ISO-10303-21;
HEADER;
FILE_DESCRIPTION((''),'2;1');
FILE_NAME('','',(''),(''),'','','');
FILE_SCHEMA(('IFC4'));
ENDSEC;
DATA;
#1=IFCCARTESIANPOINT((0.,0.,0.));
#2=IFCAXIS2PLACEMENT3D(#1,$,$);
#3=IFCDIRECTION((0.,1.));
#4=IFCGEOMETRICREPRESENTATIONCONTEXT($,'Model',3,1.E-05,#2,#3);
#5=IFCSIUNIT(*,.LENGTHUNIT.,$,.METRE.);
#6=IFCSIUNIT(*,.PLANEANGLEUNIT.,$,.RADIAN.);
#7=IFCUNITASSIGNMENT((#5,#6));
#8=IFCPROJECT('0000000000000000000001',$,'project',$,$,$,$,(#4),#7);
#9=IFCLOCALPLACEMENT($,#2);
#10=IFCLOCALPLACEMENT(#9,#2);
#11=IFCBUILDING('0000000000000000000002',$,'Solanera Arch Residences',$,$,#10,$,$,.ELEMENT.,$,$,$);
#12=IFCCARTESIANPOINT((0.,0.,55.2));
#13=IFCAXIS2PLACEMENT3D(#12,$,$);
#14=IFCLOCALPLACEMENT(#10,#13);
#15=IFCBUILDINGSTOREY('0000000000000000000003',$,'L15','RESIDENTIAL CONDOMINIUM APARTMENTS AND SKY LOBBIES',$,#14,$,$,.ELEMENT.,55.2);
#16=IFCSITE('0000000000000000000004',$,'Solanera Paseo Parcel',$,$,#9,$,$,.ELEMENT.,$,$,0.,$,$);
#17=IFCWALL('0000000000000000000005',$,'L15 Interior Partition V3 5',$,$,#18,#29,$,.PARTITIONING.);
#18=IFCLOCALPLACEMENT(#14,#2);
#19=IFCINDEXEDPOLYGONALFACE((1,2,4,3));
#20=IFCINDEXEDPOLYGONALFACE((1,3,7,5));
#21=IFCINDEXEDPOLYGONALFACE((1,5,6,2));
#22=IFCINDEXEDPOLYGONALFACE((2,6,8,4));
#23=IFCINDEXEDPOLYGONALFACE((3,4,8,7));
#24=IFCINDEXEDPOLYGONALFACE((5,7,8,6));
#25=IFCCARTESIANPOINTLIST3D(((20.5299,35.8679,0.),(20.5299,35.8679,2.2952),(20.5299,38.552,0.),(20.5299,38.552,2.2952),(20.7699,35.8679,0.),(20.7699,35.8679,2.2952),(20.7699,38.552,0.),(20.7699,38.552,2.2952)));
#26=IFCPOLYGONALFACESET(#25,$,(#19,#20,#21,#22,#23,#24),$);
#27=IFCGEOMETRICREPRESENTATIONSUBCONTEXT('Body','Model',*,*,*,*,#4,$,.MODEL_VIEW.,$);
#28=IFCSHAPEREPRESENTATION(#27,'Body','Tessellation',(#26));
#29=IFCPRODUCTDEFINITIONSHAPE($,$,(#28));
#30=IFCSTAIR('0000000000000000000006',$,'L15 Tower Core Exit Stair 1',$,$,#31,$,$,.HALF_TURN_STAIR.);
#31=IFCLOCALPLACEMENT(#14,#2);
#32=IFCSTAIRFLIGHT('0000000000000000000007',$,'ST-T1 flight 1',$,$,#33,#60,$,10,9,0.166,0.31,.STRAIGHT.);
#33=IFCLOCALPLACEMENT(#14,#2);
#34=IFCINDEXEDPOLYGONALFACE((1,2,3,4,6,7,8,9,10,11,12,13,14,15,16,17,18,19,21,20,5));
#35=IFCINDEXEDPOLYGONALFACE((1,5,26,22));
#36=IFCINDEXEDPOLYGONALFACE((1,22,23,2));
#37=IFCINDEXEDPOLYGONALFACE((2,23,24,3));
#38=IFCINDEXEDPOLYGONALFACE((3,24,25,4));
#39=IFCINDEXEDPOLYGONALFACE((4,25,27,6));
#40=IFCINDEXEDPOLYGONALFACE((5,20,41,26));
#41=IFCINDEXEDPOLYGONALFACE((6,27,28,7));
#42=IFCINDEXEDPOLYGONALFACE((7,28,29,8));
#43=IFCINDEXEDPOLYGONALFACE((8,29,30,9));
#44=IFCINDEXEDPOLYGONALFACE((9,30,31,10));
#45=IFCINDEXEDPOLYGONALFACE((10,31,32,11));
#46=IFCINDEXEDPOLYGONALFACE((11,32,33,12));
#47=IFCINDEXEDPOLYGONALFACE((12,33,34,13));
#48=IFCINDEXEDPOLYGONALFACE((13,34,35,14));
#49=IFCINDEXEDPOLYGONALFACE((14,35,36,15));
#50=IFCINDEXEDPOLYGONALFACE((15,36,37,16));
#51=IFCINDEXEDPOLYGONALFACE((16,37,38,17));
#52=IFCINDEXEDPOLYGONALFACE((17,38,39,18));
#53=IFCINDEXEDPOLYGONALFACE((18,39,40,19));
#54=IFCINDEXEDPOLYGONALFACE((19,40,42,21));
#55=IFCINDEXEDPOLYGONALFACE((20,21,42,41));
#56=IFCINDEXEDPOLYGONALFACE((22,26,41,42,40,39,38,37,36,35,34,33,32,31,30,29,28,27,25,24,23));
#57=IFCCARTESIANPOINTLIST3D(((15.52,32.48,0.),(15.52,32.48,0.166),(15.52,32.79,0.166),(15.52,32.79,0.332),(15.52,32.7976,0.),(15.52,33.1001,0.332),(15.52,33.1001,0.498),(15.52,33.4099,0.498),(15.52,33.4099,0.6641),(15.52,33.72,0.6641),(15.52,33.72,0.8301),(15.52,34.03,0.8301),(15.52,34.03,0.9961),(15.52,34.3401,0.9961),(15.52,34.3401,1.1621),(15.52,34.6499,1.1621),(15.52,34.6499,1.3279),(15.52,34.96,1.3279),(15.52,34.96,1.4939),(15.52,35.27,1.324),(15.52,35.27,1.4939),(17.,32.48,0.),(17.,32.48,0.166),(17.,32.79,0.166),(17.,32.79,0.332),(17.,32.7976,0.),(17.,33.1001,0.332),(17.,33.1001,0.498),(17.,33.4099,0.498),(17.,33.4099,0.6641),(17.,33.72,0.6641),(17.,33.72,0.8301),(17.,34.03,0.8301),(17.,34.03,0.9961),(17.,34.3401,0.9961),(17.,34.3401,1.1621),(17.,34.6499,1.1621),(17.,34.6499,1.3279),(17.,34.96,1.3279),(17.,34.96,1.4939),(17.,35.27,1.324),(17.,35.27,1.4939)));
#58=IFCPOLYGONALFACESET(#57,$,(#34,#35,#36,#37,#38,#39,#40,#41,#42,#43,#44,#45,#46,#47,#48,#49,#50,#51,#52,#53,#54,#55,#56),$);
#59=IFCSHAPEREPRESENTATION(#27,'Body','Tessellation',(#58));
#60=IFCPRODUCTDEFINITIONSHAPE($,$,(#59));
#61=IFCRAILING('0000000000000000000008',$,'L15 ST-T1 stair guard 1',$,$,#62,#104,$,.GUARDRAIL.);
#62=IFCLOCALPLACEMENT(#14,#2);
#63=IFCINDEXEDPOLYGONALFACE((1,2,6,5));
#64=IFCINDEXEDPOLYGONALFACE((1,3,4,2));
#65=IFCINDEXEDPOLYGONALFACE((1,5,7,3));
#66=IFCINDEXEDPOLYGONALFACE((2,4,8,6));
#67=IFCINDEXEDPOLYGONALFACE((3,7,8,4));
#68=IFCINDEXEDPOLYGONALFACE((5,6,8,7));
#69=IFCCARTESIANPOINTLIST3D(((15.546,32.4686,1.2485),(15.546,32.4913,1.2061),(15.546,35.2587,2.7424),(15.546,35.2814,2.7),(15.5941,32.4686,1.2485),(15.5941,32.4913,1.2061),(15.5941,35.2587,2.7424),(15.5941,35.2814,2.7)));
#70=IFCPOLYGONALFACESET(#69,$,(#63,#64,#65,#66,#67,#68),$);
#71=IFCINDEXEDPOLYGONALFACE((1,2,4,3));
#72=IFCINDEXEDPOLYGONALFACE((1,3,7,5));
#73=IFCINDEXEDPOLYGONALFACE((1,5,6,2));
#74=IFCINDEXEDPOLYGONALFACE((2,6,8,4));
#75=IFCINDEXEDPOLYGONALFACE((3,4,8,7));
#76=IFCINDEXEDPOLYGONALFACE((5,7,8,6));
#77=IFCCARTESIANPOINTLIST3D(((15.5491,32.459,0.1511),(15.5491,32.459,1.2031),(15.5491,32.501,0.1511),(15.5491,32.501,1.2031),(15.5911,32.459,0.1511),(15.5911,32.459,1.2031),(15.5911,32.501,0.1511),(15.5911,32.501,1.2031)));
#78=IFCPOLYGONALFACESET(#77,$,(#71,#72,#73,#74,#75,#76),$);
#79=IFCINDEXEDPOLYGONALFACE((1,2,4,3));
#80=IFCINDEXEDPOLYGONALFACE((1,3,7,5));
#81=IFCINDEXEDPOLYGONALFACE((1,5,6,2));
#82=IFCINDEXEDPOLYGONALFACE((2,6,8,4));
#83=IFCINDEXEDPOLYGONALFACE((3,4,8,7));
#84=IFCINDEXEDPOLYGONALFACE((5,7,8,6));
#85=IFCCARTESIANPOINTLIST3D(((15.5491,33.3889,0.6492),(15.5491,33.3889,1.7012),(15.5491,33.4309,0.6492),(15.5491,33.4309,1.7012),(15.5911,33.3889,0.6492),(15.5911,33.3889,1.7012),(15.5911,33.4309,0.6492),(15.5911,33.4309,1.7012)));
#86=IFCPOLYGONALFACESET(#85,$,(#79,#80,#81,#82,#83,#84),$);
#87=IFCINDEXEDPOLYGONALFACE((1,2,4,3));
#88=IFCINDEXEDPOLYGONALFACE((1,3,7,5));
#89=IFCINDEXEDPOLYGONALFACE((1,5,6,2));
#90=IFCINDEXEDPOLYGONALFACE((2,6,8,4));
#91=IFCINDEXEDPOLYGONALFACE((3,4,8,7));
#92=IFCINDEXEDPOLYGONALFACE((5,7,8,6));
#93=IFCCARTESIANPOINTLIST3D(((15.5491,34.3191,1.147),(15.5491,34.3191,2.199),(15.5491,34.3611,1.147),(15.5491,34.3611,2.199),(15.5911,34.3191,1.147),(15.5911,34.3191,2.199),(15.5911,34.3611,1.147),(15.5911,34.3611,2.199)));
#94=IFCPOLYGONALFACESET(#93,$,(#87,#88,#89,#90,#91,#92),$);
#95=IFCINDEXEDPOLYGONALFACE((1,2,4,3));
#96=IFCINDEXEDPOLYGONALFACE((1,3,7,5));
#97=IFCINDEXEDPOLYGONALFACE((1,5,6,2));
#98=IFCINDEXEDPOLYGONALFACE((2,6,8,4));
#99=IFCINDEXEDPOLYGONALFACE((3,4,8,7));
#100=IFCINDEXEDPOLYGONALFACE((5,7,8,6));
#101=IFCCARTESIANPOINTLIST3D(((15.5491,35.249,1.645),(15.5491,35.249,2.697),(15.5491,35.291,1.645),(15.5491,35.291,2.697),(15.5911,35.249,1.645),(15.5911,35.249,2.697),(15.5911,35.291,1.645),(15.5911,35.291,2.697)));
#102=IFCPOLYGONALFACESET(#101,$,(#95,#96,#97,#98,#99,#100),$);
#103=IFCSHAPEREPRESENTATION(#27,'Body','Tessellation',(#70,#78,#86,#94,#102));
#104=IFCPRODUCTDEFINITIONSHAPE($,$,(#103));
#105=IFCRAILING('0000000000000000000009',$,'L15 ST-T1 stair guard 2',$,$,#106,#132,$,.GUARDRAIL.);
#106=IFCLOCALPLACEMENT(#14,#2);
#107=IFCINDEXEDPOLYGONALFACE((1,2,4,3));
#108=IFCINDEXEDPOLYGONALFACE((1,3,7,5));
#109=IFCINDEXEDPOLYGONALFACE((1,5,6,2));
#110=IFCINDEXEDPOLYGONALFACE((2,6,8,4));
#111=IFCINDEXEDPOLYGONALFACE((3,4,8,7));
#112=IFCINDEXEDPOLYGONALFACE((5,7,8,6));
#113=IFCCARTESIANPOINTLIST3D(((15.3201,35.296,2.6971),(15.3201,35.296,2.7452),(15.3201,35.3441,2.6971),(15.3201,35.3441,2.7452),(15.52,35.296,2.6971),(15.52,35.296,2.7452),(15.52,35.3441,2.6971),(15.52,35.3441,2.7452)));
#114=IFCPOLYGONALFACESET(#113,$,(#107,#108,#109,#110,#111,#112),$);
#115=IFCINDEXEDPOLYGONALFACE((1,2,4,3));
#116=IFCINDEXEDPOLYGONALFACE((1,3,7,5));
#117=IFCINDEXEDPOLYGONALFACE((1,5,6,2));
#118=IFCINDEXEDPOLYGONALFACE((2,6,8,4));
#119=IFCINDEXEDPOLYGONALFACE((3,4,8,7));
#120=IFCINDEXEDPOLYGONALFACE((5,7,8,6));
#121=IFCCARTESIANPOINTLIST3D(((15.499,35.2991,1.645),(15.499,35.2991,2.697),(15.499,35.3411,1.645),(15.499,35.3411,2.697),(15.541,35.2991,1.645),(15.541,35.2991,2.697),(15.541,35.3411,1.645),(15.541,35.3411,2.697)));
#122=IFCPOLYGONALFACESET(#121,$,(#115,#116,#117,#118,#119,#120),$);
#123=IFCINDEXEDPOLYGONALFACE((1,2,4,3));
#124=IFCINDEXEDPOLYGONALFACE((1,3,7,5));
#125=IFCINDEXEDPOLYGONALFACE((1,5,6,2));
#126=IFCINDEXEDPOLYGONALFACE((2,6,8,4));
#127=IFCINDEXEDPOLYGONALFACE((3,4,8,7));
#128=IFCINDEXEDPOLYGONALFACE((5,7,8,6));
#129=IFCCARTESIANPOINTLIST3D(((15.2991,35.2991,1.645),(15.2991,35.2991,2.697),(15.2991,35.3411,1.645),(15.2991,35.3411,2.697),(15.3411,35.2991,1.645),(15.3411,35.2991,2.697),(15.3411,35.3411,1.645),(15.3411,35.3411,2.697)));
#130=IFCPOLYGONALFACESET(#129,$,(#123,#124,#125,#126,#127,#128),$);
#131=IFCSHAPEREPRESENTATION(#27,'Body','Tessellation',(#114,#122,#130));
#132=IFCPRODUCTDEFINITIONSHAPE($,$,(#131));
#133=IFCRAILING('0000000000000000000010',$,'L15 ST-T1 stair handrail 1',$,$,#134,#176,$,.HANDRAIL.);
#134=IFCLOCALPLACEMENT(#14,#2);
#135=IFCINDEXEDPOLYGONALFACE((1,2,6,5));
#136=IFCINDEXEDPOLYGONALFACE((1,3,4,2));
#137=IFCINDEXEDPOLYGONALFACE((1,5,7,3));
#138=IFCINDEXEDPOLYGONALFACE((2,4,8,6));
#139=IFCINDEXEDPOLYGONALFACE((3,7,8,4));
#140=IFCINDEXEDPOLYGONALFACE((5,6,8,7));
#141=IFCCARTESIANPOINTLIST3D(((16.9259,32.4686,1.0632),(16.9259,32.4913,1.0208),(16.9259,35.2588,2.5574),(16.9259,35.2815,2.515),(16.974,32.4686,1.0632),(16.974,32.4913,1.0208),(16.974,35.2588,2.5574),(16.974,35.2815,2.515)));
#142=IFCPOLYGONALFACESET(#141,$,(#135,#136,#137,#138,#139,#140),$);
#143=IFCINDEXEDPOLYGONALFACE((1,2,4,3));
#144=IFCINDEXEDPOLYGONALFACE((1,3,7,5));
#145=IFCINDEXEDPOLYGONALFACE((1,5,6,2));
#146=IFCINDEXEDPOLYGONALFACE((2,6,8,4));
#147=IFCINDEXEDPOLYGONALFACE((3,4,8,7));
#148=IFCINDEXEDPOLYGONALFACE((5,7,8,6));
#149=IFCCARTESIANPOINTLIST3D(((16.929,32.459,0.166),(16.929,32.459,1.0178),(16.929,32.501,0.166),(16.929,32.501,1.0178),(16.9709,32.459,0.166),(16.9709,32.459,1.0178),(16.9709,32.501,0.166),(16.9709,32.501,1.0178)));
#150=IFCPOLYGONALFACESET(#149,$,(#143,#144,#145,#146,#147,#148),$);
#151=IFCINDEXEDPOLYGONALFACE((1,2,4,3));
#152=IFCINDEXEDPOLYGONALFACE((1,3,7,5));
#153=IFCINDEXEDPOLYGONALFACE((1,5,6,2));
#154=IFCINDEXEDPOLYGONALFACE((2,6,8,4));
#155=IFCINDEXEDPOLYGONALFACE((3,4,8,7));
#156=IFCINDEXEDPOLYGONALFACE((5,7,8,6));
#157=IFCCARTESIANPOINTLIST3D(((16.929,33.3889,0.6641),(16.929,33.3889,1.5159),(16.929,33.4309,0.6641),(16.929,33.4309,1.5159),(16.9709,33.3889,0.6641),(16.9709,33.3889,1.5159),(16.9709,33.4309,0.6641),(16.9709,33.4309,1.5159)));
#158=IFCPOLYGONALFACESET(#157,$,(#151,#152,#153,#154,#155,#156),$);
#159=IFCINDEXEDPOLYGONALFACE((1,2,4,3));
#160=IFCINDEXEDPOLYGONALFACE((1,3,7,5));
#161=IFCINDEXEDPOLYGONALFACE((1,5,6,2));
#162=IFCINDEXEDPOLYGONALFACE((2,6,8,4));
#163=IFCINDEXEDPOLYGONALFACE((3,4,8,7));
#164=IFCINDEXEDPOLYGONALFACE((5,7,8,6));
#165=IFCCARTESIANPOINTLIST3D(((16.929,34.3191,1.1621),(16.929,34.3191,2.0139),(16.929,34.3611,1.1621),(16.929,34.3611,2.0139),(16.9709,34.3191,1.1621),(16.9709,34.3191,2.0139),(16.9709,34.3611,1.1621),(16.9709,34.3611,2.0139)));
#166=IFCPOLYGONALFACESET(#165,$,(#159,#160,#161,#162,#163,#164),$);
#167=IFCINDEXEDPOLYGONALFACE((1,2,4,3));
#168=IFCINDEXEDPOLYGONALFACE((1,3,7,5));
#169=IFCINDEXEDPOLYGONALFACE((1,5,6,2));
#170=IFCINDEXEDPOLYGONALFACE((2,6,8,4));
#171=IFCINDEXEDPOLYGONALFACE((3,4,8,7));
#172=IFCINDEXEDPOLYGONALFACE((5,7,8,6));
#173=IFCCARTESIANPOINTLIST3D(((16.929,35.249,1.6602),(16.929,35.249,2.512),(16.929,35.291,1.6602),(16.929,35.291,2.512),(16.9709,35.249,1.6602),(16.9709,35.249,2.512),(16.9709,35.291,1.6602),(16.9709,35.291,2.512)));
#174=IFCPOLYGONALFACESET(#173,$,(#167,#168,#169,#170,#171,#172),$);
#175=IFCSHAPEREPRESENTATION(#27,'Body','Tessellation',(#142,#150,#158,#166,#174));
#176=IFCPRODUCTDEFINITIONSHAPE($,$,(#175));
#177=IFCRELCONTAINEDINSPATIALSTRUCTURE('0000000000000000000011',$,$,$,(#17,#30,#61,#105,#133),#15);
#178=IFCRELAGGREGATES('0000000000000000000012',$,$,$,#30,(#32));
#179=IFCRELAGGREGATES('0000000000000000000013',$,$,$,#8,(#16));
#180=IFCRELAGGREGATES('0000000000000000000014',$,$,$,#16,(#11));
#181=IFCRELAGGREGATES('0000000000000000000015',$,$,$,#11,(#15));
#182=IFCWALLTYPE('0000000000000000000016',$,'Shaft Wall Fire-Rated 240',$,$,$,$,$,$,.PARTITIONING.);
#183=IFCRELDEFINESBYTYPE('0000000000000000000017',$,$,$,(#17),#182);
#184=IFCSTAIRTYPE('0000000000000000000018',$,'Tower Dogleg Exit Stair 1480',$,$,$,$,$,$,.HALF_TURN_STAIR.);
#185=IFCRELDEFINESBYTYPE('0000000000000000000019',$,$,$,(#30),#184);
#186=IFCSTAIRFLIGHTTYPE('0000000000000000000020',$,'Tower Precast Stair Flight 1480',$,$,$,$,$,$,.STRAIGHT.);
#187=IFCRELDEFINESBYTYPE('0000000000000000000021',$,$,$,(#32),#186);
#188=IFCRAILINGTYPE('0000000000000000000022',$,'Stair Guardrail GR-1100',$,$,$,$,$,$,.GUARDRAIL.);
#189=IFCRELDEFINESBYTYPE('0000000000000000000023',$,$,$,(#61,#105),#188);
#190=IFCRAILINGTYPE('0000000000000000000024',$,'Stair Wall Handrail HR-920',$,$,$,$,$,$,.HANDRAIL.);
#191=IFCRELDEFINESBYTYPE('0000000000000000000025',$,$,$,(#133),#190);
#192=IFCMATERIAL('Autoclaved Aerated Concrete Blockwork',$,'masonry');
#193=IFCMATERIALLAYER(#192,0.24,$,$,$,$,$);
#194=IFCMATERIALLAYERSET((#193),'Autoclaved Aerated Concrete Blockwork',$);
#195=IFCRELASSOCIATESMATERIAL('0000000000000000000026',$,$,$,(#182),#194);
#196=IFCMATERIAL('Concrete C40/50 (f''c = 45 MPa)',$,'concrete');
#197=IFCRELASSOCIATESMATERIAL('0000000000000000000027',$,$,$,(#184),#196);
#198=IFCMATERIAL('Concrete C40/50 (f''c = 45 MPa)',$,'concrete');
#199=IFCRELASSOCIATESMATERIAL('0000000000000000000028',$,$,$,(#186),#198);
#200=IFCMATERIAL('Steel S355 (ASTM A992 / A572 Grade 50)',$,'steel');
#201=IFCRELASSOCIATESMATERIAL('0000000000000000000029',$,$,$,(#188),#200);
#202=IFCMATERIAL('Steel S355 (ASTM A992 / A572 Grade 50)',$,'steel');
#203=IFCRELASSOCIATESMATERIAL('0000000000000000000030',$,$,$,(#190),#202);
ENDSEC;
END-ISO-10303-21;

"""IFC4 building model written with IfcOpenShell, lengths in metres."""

from ifc_helpers import new_model, si_unit, direction, frame, frame_2d, origin, origin_2d, place, context, subcontext, project, spatial, polyline, rectangle, outline, extrude, material, layer, layer_set, type_object, element, aggregate, save


model = new_model("IFC4")

# Units and contexts
model_context = context("Model", 3, precision=1e-05, world=origin(), true_north=direction((0.0, 1.0)))
body_context = subcontext(model_context, "Body", "Model", "MODEL_VIEW")
ifc_project = project(units=[si_unit("LENGTHUNIT", "METRE"), si_unit("PLANEANGLEUNIT", "RADIAN")], contexts=[model_context])

# Site, building, storey
site_placement = place(None, origin())
site = spatial("IfcSite", under=ifc_project, at=site_placement, Name="Solanera Paseo Parcel", CompositionType="ELEMENT", RefElevation=0.0)
building_placement = place(site_placement, origin())
building = spatial("IfcBuilding", under=site, at=building_placement, Name="Solanera Arch Residences", CompositionType="ELEMENT")
storey_placement = place(building_placement, frame((0.0, 0.0, 55.2)))
storey = spatial("IfcBuildingStorey", under=building, at=storey_placement, Name="L15", Description="RESIDENTIAL CONDOMINIUM APARTMENTS AND SKY LOBBIES", CompositionType="ELEMENT", Elevation=55.2)

# Shared definitions
ifc_material_1 = material(Name="Autoclaved Aerated Concrete Blockwork", Category="masonry")
ifc_layer_1 = layer(ifc_material_1, 0.24)
ifc_layer_set_1 = layer_set([ifc_layer_1], Name="Autoclaved Aerated Concrete Blockwork")
wall_type_1 = type_object("IfcWallType", Name="Shaft Wall Fire-Rated 240", PredefinedType="PARTITIONING", material=ifc_layer_set_1)

# Wall
wall_1_placement = place(storey_placement, frame((20.6499, 35.8679, 0.0), z_axis=(0.0, 0.0, 1.0), x_axis=(0.0, 1.0, 0.0)))
element("IfcWall", 1, at=wall_1_placement, inside=storey, type_object=wall_type_1, Name="L15 Interior Partition V3 5", PredefinedType="PARTITIONING", context=body_context, shape_type="SweptSolid", body=[
    extrude(rectangle(XDim=2.6841, YDim=0.24, at=frame_2d((1.342, 0.0))), origin(), (0.0, 0.0, 1.0), 2.2952),
])

# Stair, stair flight
ifc_material_2 = material(Name="Concrete C40/50 (f'c = 45 MPa)", Category="concrete")
stair_type = type_object("IfcStairType", Name="Tower Dogleg Exit Stair 1480", PredefinedType="HALF_TURN_STAIR", material=ifc_material_2)
stair_placement = place(storey_placement, origin())
stair = element("IfcStair", 2, at=stair_placement, inside=storey, type_object=stair_type, Name="L15 Tower Core Exit Stair 1", PredefinedType="HALF_TURN_STAIR")
ifc_material_3 = material(Name="Concrete C40/50 (f'c = 45 MPa)", Category="concrete")
stair_flight_type = type_object("IfcStairFlightType", Name="Tower Precast Stair Flight 1480", PredefinedType="STRAIGHT", material=ifc_material_3)
stair_flight_placement = place(storey_placement, frame((16.26, 32.48, 0.0), z_axis=(0.0, 0.0, 1.0), x_axis=(0.0, 1.0, 0.0)))
stair_flight = element("IfcStairFlight", 3, at=stair_flight_placement, type_object=stair_flight_type, Name="ST-T1 flight 1", NumberOfRisers=10, NumberOfTreads=9, PredefinedType="STRAIGHT", RiserHeight=0.166, TreadLength=0.31, context=body_context, shape_type="SweptSolid", body=[
    extrude(outline(polyline([(0.0, 0.0), (0.0, 0.166), (0.3101, 0.166), (0.3101, 0.332), (0.6201, 0.332), (0.6201, 0.498), (0.9299, 0.498), (0.9299, 0.6641), (1.24, 0.6641), (1.24, 0.8301), (1.55, 0.8301), (1.55, 0.9961), (1.8601, 0.9961), (1.8601, 1.1621), (2.1699, 1.1621), (2.1699, 1.3279), (2.48, 1.3279), (2.48, 1.4939), (2.79, 1.4939), (2.79, 1.6599), (2.79, 1.324), (0.3176, 0.0), (0.0, 0.0)])), frame((0.0, 0.74, 0.0), z_axis=(0.0, -1.0, 0.0), x_axis=(1.0, 0.0, 0.0)), (0.0, 0.0, 1.0), 1.48),
])
aggregate(stair, [stair_flight])

# Railings
ifc_material_4 = material(Name="Steel S355 (ASTM A992 / A572 Grade 50)", Category="steel")
railing_type_1 = type_object("IfcRailingType", Name="Stair Guardrail GR-1100", PredefinedType="GUARDRAIL", material=ifc_material_4)
railing_1_placement = place(storey_placement, frame((15.5701, 32.48, 0.1511)))
element("IfcRailing", 4, at=railing_1_placement, inside=storey, type_object=railing_type_1, Name="L15 ST-T1 stair guard 1", PredefinedType="GUARDRAIL", context=body_context, shape_type="SweptSolid", body=[
    extrude(rectangle(XDim=0.0481, YDim=0.0481, at=origin_2d()), frame((0.0, 0.0, 1.0762), z_axis=(0.0, 0.881581, 0.472033), x_axis=(-1.0, 0.0, 0.0)), (0.0, 0.0, 1.0), 3.1648),
    extrude(rectangle(XDim=0.042, YDim=0.042, at=origin_2d()), origin(), (0.0, 0.0, 1.0), 1.052),
    extrude(rectangle(XDim=0.042, YDim=0.042, at=origin_2d()), frame((0.0, 0.9299, 0.498)), (0.0, 0.0, 1.0), 1.052),
    extrude(rectangle(XDim=0.042, YDim=0.042, at=origin_2d()), frame((0.0, 1.8601, 0.9958)), (0.0, 0.0, 1.0), 1.052),
    extrude(rectangle(XDim=0.042, YDim=0.042, at=origin_2d()), frame((0.0, 2.79, 1.4939)), (0.0, 0.0, 1.0), 1.052),
])
railing_2_placement = place(storey_placement, frame((15.52, 35.3201, 1.645)))
element("IfcRailing", 5, at=railing_2_placement, inside=storey, type_object=railing_type_1, Name="L15 ST-T1 stair guard 2", PredefinedType="GUARDRAIL", context=body_context, shape_type="SweptSolid", body=[
    extrude(rectangle(XDim=0.0481, YDim=0.0481, at=origin_2d()), frame((0.0, 0.0, 1.0762), z_axis=(-1.0, 0.0, 0.0), x_axis=(0.0, -1.0, 0.0)), (0.0, 0.0, 1.0), 0.2),
    extrude(rectangle(XDim=0.042, YDim=0.042, at=origin_2d()), origin(), (0.0, 0.0, 1.0), 1.052),
    extrude(rectangle(XDim=0.042, YDim=0.042, at=origin_2d()), frame((-0.2, 0.0, 0.0)), (0.0, 0.0, 1.0), 1.052),
])
ifc_material_5 = material(Name="Steel S355 (ASTM A992 / A572 Grade 50)", Category="steel")
railing_type_2 = type_object("IfcRailingType", Name="Stair Wall Handrail HR-920", PredefinedType="HANDRAIL", material=ifc_material_5)
railing_3_placement = place(storey_placement, frame((16.95, 32.48, 0.166)))
element("IfcRailing", 6, at=railing_3_placement, inside=storey, type_object=railing_type_2, Name="L15 ST-T1 stair handrail 1", PredefinedType="HANDRAIL", context=body_context, shape_type="SweptSolid", body=[
    extrude(rectangle(XDim=0.0481, YDim=0.0481, at=origin_2d()), frame((0.0, 0.0, 0.876), z_axis=(0.0, 0.881549, 0.472093), x_axis=(-1.0, 0.0, 0.0)), (0.0, 0.0, 1.0), 3.165),
    extrude(rectangle(XDim=0.042, YDim=0.042, at=origin_2d()), origin(), (0.0, 0.0, 1.0), 0.8518),
    extrude(rectangle(XDim=0.042, YDim=0.042, at=origin_2d()), frame((0.0, 0.9299, 0.498)), (0.0, 0.0, 1.0), 0.8518),
    extrude(rectangle(XDim=0.042, YDim=0.042, at=origin_2d()), frame((0.0, 1.8601, 0.9961)), (0.0, 0.0, 1.0), 0.8518),
    extrude(rectangle(XDim=0.042, YDim=0.042, at=origin_2d()), frame((0.0, 2.79, 1.4941)), (0.0, 0.0, 1.0), 0.8518),
])

save(model, "model.ifc")
